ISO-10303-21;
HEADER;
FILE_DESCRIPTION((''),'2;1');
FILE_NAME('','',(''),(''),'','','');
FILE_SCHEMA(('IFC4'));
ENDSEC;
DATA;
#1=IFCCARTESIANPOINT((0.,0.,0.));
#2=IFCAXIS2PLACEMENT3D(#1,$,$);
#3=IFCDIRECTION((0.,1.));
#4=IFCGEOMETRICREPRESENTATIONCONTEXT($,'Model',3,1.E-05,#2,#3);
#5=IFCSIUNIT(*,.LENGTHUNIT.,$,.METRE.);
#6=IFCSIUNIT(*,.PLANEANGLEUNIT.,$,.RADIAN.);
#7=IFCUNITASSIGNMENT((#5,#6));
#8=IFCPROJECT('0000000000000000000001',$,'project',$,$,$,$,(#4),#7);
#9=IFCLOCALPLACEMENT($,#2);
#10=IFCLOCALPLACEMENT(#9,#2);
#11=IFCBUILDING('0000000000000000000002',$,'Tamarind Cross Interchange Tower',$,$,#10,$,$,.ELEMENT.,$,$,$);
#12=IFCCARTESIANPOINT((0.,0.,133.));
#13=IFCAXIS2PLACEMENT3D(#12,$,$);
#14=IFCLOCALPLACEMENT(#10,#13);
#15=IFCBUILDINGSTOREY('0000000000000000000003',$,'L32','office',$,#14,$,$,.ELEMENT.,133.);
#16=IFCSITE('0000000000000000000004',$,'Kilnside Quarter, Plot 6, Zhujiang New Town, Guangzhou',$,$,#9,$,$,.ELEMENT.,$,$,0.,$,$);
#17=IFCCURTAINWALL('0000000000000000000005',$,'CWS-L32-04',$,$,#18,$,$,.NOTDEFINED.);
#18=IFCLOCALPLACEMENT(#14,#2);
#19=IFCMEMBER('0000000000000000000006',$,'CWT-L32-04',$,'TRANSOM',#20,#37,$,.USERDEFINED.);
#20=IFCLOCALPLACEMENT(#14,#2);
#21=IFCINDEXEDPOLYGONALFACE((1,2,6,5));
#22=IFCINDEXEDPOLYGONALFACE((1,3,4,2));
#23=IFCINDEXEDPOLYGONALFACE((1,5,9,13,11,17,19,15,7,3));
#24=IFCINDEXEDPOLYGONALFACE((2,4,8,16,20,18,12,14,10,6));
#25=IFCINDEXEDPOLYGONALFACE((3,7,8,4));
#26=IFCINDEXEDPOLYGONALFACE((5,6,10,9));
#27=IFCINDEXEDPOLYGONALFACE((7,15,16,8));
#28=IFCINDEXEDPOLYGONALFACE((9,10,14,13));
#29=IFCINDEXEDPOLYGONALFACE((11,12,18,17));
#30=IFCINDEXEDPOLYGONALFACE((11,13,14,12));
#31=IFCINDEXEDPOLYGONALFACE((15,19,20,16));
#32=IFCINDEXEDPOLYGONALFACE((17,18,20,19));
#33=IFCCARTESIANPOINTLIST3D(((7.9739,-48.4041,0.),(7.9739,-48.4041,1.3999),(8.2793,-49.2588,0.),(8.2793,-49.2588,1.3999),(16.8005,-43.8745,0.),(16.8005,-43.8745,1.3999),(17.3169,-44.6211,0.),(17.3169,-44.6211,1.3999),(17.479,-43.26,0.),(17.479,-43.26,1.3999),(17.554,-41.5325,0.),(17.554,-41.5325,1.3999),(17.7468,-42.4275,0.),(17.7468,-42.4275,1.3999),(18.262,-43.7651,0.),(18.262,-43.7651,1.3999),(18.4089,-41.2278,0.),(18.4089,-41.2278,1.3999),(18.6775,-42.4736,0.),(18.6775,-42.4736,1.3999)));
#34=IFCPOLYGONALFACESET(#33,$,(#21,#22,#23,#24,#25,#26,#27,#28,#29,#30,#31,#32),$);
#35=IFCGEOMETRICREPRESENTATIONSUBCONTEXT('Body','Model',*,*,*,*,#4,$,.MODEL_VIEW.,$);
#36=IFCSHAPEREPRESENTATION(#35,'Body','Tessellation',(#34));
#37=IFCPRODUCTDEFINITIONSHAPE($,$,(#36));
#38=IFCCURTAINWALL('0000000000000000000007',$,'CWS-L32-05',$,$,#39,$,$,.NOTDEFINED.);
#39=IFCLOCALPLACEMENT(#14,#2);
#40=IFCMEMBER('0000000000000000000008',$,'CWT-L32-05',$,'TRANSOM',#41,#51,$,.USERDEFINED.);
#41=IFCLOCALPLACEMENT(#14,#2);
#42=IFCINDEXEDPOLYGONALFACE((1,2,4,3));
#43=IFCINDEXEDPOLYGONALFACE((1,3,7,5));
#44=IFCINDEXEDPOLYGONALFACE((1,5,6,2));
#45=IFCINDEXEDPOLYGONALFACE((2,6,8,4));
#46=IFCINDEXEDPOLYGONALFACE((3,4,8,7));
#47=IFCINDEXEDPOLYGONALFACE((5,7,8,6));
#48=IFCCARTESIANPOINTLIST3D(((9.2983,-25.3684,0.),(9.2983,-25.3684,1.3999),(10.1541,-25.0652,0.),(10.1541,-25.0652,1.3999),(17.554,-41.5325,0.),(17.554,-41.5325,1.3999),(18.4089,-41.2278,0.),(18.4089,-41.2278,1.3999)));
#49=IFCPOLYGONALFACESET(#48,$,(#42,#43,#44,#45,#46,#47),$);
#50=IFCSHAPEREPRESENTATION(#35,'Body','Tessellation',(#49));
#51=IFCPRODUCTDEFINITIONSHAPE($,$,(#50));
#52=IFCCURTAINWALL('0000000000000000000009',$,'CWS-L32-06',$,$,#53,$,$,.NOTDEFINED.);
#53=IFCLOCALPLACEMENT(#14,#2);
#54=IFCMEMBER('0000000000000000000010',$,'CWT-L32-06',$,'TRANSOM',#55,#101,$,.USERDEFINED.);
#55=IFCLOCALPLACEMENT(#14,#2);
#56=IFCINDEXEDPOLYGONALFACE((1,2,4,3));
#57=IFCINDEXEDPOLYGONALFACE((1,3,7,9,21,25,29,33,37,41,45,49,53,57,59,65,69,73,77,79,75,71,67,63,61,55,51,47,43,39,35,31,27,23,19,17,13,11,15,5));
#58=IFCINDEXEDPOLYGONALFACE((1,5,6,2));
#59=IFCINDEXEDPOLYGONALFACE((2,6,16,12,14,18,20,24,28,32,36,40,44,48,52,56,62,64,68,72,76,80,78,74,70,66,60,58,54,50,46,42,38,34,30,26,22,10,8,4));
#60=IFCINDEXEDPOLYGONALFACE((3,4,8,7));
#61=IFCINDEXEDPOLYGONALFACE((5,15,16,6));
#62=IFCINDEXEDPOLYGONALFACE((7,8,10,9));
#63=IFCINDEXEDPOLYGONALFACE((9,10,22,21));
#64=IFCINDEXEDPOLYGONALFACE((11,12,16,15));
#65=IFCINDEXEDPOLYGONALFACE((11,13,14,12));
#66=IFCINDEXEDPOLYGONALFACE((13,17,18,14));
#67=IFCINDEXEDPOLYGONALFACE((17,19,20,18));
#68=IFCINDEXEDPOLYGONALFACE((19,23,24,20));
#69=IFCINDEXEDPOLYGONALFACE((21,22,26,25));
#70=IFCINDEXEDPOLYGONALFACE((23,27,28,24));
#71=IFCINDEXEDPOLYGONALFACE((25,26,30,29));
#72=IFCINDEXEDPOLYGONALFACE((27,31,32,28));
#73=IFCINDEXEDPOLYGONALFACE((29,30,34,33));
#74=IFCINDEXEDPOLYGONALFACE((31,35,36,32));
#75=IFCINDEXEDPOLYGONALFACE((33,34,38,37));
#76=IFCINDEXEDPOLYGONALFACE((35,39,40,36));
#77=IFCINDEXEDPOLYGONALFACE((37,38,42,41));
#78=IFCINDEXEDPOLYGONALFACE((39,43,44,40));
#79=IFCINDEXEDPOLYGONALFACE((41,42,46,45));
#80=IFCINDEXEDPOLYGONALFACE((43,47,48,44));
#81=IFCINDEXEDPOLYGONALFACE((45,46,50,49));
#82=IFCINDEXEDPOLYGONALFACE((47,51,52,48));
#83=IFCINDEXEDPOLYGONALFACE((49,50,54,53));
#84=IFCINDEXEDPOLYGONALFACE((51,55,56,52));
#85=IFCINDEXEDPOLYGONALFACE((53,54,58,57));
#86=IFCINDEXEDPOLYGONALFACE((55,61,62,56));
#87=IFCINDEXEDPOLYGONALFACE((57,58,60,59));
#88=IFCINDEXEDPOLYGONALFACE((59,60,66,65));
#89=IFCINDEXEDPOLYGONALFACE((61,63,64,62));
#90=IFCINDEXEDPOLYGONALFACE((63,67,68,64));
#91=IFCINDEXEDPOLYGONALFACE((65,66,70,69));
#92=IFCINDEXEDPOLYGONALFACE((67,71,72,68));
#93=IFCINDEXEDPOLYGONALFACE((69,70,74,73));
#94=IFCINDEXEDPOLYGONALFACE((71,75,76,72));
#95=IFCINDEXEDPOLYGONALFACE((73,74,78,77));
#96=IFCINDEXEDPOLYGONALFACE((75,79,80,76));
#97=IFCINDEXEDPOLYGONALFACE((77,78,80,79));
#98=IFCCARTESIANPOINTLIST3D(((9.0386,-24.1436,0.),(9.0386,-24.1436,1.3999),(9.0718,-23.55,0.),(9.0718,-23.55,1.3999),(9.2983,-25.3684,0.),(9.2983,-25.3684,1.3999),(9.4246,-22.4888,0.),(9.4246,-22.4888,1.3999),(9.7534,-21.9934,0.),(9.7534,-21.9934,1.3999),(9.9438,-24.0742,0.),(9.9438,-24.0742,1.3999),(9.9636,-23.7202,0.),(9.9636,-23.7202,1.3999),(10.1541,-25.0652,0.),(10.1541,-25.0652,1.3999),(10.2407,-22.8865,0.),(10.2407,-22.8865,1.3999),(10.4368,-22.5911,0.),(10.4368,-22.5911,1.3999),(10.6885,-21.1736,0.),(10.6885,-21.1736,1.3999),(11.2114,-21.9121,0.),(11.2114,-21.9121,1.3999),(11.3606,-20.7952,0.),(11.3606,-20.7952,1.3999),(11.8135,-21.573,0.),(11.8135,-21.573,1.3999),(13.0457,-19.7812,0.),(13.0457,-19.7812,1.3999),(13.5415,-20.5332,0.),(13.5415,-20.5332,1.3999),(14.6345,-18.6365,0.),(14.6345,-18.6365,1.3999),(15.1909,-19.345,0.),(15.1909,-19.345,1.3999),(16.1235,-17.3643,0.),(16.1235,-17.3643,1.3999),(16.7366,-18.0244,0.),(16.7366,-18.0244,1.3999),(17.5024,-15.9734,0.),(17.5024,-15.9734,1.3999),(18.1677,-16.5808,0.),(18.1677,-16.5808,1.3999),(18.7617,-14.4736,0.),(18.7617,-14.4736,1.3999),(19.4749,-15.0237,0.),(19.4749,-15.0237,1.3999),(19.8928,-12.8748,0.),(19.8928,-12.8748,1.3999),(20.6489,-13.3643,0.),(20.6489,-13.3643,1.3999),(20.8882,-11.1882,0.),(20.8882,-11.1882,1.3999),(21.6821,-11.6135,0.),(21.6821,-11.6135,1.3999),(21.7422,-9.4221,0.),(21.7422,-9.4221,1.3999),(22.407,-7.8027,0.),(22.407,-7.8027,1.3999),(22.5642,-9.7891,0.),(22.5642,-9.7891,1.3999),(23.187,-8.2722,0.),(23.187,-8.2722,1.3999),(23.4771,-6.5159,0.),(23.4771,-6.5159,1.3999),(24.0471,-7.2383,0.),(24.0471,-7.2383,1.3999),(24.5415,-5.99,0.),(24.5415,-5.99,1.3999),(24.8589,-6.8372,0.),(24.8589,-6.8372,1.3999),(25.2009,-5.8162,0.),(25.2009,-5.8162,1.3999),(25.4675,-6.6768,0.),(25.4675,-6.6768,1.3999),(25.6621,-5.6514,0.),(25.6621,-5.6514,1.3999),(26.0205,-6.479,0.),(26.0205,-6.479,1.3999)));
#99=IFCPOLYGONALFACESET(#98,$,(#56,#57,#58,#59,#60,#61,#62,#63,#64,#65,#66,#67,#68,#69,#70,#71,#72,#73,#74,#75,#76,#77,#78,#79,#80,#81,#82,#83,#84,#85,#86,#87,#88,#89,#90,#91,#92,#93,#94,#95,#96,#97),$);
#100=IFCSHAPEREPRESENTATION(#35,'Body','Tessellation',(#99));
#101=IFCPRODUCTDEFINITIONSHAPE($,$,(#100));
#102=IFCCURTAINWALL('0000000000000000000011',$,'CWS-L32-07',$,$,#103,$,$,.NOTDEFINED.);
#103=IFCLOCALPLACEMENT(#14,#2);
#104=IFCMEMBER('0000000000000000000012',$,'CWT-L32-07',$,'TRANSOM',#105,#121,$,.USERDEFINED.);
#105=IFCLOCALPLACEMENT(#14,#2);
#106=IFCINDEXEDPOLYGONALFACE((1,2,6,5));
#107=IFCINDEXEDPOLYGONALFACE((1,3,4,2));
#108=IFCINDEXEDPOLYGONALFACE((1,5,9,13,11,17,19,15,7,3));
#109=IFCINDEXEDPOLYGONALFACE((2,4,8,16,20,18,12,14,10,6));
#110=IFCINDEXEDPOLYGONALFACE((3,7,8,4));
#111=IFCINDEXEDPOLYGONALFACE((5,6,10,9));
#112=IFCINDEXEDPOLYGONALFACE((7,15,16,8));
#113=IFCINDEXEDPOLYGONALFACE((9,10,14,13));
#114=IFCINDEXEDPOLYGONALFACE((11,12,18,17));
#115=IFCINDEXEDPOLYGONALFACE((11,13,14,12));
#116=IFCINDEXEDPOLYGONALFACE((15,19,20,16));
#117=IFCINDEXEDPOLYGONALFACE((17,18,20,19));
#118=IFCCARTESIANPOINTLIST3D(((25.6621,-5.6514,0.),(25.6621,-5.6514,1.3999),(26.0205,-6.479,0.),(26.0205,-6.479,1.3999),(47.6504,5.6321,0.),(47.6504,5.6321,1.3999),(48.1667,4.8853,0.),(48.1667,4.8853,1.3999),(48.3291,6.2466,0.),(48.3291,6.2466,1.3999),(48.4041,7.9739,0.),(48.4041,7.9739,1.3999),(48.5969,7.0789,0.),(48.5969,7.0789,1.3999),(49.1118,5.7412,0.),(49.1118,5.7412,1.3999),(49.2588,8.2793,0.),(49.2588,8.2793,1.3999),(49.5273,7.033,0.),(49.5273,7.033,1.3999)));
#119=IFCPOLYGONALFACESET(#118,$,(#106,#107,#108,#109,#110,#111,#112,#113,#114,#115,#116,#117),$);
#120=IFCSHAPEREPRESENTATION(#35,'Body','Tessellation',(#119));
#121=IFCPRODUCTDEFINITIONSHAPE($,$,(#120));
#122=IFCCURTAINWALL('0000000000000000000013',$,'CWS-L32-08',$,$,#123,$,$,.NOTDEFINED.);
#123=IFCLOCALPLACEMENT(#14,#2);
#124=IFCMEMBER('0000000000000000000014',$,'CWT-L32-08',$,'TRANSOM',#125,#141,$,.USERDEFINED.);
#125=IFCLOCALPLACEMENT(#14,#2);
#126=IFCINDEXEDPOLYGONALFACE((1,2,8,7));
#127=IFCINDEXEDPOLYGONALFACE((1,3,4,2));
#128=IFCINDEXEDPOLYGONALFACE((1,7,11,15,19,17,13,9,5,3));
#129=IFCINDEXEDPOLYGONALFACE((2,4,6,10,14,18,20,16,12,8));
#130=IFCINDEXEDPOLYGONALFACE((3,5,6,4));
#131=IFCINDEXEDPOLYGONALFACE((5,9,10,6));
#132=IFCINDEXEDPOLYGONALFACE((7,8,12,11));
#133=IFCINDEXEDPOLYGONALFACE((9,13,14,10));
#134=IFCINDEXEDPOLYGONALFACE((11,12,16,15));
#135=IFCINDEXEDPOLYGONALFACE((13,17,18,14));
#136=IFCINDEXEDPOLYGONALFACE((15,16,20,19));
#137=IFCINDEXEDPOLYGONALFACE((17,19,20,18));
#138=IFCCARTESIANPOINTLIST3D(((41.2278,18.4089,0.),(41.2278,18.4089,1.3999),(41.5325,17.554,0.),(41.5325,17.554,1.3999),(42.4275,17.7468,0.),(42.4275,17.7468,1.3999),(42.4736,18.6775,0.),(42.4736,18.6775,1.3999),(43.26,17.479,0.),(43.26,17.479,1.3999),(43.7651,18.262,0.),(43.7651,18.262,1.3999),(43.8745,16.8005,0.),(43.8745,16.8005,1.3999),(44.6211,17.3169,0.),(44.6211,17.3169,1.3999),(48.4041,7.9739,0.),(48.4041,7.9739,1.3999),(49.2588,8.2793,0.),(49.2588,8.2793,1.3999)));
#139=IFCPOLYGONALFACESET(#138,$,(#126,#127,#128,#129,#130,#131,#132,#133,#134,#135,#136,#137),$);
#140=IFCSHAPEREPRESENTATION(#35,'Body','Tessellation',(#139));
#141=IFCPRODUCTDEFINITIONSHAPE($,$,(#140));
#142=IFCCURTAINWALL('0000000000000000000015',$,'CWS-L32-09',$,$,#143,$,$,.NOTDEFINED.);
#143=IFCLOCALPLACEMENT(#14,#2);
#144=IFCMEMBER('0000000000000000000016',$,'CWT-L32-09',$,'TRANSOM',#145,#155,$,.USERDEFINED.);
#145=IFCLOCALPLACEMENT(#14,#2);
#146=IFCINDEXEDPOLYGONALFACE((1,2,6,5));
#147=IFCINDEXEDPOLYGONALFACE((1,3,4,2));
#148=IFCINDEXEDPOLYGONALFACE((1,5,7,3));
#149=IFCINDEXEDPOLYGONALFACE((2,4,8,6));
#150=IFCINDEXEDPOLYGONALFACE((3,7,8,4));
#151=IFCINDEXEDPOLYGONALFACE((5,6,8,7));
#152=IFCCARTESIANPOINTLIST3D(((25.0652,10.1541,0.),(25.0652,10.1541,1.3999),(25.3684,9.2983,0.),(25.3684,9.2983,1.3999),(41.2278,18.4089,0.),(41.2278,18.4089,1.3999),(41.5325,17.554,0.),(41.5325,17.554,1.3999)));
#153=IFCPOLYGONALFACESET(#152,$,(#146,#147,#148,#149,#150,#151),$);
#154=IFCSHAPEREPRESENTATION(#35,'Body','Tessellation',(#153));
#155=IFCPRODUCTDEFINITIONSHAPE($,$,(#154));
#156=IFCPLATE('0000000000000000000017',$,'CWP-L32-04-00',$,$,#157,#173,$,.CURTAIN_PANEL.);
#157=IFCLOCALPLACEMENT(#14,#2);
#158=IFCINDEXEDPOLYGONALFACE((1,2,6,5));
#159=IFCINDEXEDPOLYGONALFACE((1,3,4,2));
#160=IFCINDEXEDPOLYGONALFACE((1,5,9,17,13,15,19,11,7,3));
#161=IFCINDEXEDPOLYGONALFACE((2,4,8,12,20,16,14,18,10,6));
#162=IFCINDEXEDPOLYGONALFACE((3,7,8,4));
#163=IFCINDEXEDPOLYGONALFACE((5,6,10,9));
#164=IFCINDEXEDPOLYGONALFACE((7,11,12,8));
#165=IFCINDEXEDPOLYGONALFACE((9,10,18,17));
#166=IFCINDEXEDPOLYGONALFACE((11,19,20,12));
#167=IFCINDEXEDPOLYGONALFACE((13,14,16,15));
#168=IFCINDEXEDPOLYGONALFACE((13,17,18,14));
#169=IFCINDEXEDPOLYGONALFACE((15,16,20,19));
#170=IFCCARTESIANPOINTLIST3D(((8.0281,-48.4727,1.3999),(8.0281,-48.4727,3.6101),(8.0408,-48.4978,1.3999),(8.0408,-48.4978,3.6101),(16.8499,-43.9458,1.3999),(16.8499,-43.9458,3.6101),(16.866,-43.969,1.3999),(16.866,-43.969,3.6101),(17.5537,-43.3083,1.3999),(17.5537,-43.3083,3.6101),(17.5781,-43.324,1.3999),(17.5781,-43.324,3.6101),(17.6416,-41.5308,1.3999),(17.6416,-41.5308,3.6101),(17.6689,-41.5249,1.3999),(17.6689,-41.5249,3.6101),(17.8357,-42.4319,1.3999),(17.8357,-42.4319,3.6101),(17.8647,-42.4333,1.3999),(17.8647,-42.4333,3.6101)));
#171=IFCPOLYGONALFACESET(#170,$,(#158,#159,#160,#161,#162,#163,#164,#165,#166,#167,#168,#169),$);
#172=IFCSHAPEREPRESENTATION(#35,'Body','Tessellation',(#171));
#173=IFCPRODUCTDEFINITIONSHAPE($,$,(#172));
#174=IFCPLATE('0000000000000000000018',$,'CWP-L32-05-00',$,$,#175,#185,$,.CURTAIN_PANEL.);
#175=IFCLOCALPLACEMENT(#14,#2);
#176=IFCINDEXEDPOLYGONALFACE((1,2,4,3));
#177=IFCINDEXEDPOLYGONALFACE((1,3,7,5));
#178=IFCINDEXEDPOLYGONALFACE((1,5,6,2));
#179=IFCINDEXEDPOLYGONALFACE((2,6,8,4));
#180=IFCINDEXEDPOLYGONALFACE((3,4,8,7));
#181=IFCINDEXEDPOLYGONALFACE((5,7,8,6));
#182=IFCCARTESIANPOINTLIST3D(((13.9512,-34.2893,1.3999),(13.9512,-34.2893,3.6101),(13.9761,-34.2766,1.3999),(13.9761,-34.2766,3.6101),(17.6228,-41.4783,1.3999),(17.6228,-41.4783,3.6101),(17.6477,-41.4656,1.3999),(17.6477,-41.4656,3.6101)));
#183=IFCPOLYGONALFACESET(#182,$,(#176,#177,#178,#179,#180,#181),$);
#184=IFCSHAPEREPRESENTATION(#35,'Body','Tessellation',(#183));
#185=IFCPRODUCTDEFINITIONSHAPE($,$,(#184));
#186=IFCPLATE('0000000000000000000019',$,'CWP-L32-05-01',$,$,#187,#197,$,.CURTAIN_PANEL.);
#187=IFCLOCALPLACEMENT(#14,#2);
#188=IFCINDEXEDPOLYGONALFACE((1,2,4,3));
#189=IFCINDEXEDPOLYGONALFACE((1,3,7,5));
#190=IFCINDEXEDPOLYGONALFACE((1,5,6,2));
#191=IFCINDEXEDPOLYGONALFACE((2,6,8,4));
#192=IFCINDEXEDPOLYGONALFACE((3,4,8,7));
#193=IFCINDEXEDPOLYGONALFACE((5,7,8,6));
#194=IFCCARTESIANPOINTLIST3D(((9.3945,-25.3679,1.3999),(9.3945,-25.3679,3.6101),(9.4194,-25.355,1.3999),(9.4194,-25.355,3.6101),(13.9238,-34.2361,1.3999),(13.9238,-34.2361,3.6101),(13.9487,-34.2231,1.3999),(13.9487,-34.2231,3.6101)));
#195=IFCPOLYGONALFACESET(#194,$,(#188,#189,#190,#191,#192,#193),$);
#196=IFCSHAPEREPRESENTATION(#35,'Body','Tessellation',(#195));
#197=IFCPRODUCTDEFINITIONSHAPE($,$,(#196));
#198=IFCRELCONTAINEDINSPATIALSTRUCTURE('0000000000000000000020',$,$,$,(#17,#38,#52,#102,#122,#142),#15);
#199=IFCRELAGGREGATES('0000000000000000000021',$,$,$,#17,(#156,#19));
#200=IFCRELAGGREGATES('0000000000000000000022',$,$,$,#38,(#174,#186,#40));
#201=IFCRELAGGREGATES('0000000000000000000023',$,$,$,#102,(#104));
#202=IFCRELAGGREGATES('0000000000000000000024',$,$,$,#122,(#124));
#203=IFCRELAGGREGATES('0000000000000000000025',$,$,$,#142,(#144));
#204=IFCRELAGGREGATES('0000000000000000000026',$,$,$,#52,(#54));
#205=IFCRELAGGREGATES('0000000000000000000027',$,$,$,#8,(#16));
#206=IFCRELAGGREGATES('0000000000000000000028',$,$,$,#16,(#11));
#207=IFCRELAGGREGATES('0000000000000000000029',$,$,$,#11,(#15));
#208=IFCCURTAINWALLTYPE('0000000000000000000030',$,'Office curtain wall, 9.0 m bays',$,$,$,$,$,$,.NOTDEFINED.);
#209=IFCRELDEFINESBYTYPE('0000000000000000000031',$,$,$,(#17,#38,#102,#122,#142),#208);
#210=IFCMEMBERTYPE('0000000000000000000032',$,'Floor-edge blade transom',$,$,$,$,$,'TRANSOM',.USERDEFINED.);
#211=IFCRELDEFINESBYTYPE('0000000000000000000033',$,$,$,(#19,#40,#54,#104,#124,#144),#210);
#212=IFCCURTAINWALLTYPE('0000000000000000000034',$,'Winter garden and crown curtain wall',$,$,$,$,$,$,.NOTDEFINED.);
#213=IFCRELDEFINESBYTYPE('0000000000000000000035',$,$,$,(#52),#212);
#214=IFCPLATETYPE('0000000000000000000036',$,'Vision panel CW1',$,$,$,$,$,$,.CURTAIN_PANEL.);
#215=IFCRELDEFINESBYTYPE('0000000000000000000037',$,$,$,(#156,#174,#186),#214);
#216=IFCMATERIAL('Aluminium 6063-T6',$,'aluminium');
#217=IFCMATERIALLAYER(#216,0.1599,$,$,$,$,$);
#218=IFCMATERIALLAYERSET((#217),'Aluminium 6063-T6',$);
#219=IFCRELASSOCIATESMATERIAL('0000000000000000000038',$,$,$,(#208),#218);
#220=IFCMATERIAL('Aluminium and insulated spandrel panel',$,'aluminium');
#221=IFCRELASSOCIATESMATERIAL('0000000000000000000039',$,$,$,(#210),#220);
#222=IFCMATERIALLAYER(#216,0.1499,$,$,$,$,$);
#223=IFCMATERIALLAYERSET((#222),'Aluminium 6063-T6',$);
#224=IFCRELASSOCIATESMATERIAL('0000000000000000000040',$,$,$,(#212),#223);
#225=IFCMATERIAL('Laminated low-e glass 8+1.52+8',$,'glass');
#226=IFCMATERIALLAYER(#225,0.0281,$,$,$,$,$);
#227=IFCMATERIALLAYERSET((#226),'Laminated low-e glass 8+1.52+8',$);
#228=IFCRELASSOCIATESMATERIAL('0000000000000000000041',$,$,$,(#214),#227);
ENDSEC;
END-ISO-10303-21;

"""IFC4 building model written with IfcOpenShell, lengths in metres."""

from ifc_helpers import new_model, si_unit, direction, frame, origin, place, context, subcontext, project, spatial, polyline, outline, extrude, material, layer, layer_set, type_object, element, aggregate, save


model = new_model("IFC4")

# Units and contexts
model_context = context("Model", 3, precision=1e-05, world=origin(), true_north=direction((0.0, 1.0)))
body_context = subcontext(model_context, "Body", "Model", "MODEL_VIEW")
ifc_project = project(units=[si_unit("LENGTHUNIT", "METRE"), si_unit("PLANEANGLEUNIT", "RADIAN")], contexts=[model_context])

# Site, building, storey
site_placement = place(None, origin())
site = spatial("IfcSite", under=ifc_project, at=site_placement, Name="Kilnside Quarter, Plot 6, Zhujiang New Town, Guangzhou", CompositionType="ELEMENT", RefElevation=0.0)
building_placement = place(site_placement, origin())
building = spatial("IfcBuilding", under=site, at=building_placement, Name="Tamarind Cross Interchange Tower", CompositionType="ELEMENT")
storey_placement = place(building_placement, frame((0.0, 0.0, 133.0)))
storey = spatial("IfcBuildingStorey", under=building, at=storey_placement, Name="L32", Description="office", CompositionType="ELEMENT", Elevation=133.0)

# Curtain walls, members
ifc_material_1 = material(Name="Aluminium 6063-T6", Category="aluminium")
ifc_layer_1 = layer(ifc_material_1, 0.1599)
ifc_layer_set_1 = layer_set([ifc_layer_1], Name="Aluminium 6063-T6")
curtain_wall_type_1 = type_object("IfcCurtainWallType", Name="Office curtain wall, 9.0 m bays", PredefinedType="NOTDEFINED", material=ifc_layer_set_1)
curtain_wall_1_placement = place(storey_placement, origin())
curtain_wall_1 = element("IfcCurtainWall", 1, at=curtain_wall_1_placement, inside=storey, type_object=curtain_wall_type_1, Name="CWS-L32-04", PredefinedType="NOTDEFINED")
ifc_material_2 = material(Name="Aluminium and insulated spandrel panel", Category="aluminium")
member_type = type_object("IfcMemberType", Name="Floor-edge blade transom", ElementType="TRANSOM", PredefinedType="USERDEFINED", material=ifc_material_2)
member_1_placement = place(storey_placement, origin())
member_1 = element("IfcMember", 2, at=member_1_placement, type_object=member_type, Name="CWT-L32-04", ObjectType="TRANSOM", PredefinedType="USERDEFINED", context=body_context, shape_type="SweptSolid", body=[
    extrude(outline(polyline([(7.9739, -48.4041), (16.8005, -43.8745), (17.479, -43.26), (17.7468, -42.4275), (17.554, -41.5325), (18.4089, -41.2278), (18.6775, -42.4736), (18.262, -43.7651), (17.3169, -44.6211), (8.2793, -49.2588), (7.9739, -48.4041)])), origin(), (0.0, 0.0, 1.0), 1.3999),
])
curtain_wall_2_placement = place(storey_placement, origin())
curtain_wall_2 = element("IfcCurtainWall", 3, at=curtain_wall_2_placement, inside=storey, type_object=curtain_wall_type_1, Name="CWS-L32-05", PredefinedType="NOTDEFINED")
member_2_placement = place(storey_placement, origin())
member_2 = element("IfcMember", 4, at=member_2_placement, type_object=member_type, Name="CWT-L32-05", ObjectType="TRANSOM", PredefinedType="USERDEFINED", context=body_context, shape_type="SweptSolid", body=[
    extrude(outline(polyline([(17.554, -41.5325), (9.2983, -25.3684), (10.1541, -25.0652), (18.4089, -41.2278), (17.554, -41.5325)])), origin(), (0.0, 0.0, 1.0), 1.3999),
])
ifc_layer_2 = layer(ifc_material_1, 0.1499)
ifc_layer_set_2 = layer_set([ifc_layer_2], Name="Aluminium 6063-T6")
curtain_wall_type_2 = type_object("IfcCurtainWallType", Name="Winter garden and crown curtain wall", PredefinedType="NOTDEFINED", material=ifc_layer_set_2)
curtain_wall_3_placement = place(storey_placement, origin())
curtain_wall_3 = element("IfcCurtainWall", 5, at=curtain_wall_3_placement, inside=storey, type_object=curtain_wall_type_2, Name="CWS-L32-06", PredefinedType="NOTDEFINED")
member_3_placement = place(storey_placement, origin())
member_3 = element("IfcMember", 6, at=member_3_placement, type_object=member_type, Name="CWT-L32-06", ObjectType="TRANSOM", PredefinedType="USERDEFINED", context=body_context, shape_type="SweptSolid", body=[
    extrude(outline(polyline([(9.2983, -25.3684), (9.0386, -24.1436), (9.0718, -23.55), (9.4246, -22.4888), (9.7534, -21.9934), (10.6885, -21.1736), (11.3606, -20.7952), (13.0457, -19.7812), (14.6345, -18.6365), (16.1235, -17.3643), (17.5024, -15.9734), (18.7617, -14.4736), (19.8928, -12.8748), (20.8882, -11.1882), (21.7422, -9.4221), (22.407, -7.8027), (23.4771, -6.5159), (24.5415, -5.99), (25.2009, -5.8162), (25.6621, -5.6514), (26.0205, -6.479), (25.4675, -6.6768), (24.8589, -6.8372), (24.0471, -7.2383), (23.187, -8.2722), (22.5642, -9.7891), (21.6821, -11.6135), (20.6489, -13.3643), (19.4749, -15.0237), (18.1677, -16.5808), (16.7366, -18.0244), (15.1909, -19.345), (13.5415, -20.5332), (11.8135, -21.573), (11.2114, -21.9121), (10.4368, -22.5911), (10.2407, -22.8865), (9.9636, -23.7202), (9.9438, -24.0742), (10.1541, -25.0652), (9.2983, -25.3684)])), origin(), (0.0, 0.0, 1.0), 1.3999),
])
curtain_wall_4_placement = place(storey_placement, origin())
curtain_wall_4 = element("IfcCurtainWall", 7, at=curtain_wall_4_placement, inside=storey, type_object=curtain_wall_type_1, Name="CWS-L32-07", PredefinedType="NOTDEFINED")
member_4_placement = place(storey_placement, origin())
member_4 = element("IfcMember", 8, at=member_4_placement, type_object=member_type, Name="CWT-L32-07", ObjectType="TRANSOM", PredefinedType="USERDEFINED", context=body_context, shape_type="SweptSolid", body=[
    extrude(outline(polyline([(25.6621, -5.6514), (47.6504, 5.6321), (48.3291, 6.2466), (48.5969, 7.0789), (48.4041, 7.9739), (49.2588, 8.2793), (49.5273, 7.033), (49.1118, 5.7412), (48.1667, 4.8853), (26.0205, -6.479), (25.6621, -5.6514)])), origin(), (0.0, 0.0, 1.0), 1.3999),
])
curtain_wall_5_placement = place(storey_placement, origin())
curtain_wall_5 = element("IfcCurtainWall", 9, at=curtain_wall_5_placement, inside=storey, type_object=curtain_wall_type_1, Name="CWS-L32-08", PredefinedType="NOTDEFINED")
member_5_placement = place(storey_placement, origin())
member_5 = element("IfcMember", 10, at=member_5_placement, type_object=member_type, Name="CWT-L32-08", ObjectType="TRANSOM", PredefinedType="USERDEFINED", context=body_context, shape_type="SweptSolid", body=[
    extrude(outline(polyline([(48.4041, 7.9739), (43.8745, 16.8005), (43.26, 17.479), (42.4275, 17.7468), (41.5325, 17.554), (41.2278, 18.4089), (42.4736, 18.6775), (43.7651, 18.262), (44.6211, 17.3169), (49.2588, 8.2793), (48.4041, 7.9739)])), origin(), (0.0, 0.0, 1.0), 1.3999),
])
curtain_wall_6_placement = place(storey_placement, origin())
curtain_wall_6 = element("IfcCurtainWall", 11, at=curtain_wall_6_placement, inside=storey, type_object=curtain_wall_type_1, Name="CWS-L32-09", PredefinedType="NOTDEFINED")
member_6_placement = place(storey_placement, origin())
member_6 = element("IfcMember", 12, at=member_6_placement, type_object=member_type, Name="CWT-L32-09", ObjectType="TRANSOM", PredefinedType="USERDEFINED", context=body_context, shape_type="SweptSolid", body=[
    extrude(outline(polyline([(41.5325, 17.554), (25.3684, 9.2983), (25.0652, 10.1541), (41.2278, 18.4089), (41.5325, 17.554)])), origin(), (0.0, 0.0, 1.0), 1.3999),
])

# Plates
ifc_material_3 = material(Name="Laminated low-e glass 8+1.52+8", Category="glass")
ifc_layer_3 = layer(ifc_material_3, 0.0281)
ifc_layer_set_3 = layer_set([ifc_layer_3], Name="Laminated low-e glass 8+1.52+8")
plate_type_1 = type_object("IfcPlateType", Name="Vision panel CW1", PredefinedType="CURTAIN_PANEL", material=ifc_layer_set_3)
plate_1_placement = place(storey_placement, frame((0.0, 0.0, 1.3999)))
plate_1 = element("IfcPlate", 13, at=plate_1_placement, type_object=plate_type_1, Name="CWP-L32-04-00", PredefinedType="CURTAIN_PANEL", context=body_context, shape_type="SweptSolid", body=[
    extrude(outline(polyline([(8.0281, -48.4727), (16.8499, -43.9458), (17.5537, -43.3083), (17.8357, -42.4319), (17.6416, -41.5308), (17.6689, -41.5249), (17.8647, -42.4333), (17.5781, -43.324), (16.866, -43.969), (8.0408, -48.4978), (8.0281, -48.4727)])), origin(), (0.0, 0.0, 1.0), 2.2102),
])
aggregate(curtain_wall_1, [plate_1, member_1])
plate_2_placement = place(storey_placement, frame((0.0, 0.0, 1.3999)))
plate_2 = element("IfcPlate", 14, at=plate_2_placement, type_object=plate_type_1, Name="CWP-L32-05-00", PredefinedType="CURTAIN_PANEL", context=body_context, shape_type="SweptSolid", body=[
    extrude(outline(polyline([(17.6228, -41.4783), (13.9512, -34.2893), (13.9761, -34.2766), (17.6477, -41.4656), (17.6228, -41.4783)])), origin(), (0.0, 0.0, 1.0), 2.2102),
])
plate_3_placement = place(storey_placement, frame((0.0, 0.0, 1.3999)))
plate_3 = element("IfcPlate", 15, at=plate_3_placement, type_object=plate_type_1, Name="CWP-L32-05-01", PredefinedType="CURTAIN_PANEL", context=body_context, shape_type="SweptSolid", body=[
    extrude(outline(polyline([(13.9238, -34.2361), (9.3945, -25.3679), (9.4194, -25.355), (13.9487, -34.2231), (13.9238, -34.2361)])), origin(), (0.0, 0.0, 1.0), 2.2102),
])
aggregate(curtain_wall_2, [plate_2, plate_3, member_2])
aggregate(curtain_wall_4, [member_4])
aggregate(curtain_wall_5, [member_5])
aggregate(curtain_wall_6, [member_6])
aggregate(curtain_wall_3, [member_3])

save(model, "model.ifc")
